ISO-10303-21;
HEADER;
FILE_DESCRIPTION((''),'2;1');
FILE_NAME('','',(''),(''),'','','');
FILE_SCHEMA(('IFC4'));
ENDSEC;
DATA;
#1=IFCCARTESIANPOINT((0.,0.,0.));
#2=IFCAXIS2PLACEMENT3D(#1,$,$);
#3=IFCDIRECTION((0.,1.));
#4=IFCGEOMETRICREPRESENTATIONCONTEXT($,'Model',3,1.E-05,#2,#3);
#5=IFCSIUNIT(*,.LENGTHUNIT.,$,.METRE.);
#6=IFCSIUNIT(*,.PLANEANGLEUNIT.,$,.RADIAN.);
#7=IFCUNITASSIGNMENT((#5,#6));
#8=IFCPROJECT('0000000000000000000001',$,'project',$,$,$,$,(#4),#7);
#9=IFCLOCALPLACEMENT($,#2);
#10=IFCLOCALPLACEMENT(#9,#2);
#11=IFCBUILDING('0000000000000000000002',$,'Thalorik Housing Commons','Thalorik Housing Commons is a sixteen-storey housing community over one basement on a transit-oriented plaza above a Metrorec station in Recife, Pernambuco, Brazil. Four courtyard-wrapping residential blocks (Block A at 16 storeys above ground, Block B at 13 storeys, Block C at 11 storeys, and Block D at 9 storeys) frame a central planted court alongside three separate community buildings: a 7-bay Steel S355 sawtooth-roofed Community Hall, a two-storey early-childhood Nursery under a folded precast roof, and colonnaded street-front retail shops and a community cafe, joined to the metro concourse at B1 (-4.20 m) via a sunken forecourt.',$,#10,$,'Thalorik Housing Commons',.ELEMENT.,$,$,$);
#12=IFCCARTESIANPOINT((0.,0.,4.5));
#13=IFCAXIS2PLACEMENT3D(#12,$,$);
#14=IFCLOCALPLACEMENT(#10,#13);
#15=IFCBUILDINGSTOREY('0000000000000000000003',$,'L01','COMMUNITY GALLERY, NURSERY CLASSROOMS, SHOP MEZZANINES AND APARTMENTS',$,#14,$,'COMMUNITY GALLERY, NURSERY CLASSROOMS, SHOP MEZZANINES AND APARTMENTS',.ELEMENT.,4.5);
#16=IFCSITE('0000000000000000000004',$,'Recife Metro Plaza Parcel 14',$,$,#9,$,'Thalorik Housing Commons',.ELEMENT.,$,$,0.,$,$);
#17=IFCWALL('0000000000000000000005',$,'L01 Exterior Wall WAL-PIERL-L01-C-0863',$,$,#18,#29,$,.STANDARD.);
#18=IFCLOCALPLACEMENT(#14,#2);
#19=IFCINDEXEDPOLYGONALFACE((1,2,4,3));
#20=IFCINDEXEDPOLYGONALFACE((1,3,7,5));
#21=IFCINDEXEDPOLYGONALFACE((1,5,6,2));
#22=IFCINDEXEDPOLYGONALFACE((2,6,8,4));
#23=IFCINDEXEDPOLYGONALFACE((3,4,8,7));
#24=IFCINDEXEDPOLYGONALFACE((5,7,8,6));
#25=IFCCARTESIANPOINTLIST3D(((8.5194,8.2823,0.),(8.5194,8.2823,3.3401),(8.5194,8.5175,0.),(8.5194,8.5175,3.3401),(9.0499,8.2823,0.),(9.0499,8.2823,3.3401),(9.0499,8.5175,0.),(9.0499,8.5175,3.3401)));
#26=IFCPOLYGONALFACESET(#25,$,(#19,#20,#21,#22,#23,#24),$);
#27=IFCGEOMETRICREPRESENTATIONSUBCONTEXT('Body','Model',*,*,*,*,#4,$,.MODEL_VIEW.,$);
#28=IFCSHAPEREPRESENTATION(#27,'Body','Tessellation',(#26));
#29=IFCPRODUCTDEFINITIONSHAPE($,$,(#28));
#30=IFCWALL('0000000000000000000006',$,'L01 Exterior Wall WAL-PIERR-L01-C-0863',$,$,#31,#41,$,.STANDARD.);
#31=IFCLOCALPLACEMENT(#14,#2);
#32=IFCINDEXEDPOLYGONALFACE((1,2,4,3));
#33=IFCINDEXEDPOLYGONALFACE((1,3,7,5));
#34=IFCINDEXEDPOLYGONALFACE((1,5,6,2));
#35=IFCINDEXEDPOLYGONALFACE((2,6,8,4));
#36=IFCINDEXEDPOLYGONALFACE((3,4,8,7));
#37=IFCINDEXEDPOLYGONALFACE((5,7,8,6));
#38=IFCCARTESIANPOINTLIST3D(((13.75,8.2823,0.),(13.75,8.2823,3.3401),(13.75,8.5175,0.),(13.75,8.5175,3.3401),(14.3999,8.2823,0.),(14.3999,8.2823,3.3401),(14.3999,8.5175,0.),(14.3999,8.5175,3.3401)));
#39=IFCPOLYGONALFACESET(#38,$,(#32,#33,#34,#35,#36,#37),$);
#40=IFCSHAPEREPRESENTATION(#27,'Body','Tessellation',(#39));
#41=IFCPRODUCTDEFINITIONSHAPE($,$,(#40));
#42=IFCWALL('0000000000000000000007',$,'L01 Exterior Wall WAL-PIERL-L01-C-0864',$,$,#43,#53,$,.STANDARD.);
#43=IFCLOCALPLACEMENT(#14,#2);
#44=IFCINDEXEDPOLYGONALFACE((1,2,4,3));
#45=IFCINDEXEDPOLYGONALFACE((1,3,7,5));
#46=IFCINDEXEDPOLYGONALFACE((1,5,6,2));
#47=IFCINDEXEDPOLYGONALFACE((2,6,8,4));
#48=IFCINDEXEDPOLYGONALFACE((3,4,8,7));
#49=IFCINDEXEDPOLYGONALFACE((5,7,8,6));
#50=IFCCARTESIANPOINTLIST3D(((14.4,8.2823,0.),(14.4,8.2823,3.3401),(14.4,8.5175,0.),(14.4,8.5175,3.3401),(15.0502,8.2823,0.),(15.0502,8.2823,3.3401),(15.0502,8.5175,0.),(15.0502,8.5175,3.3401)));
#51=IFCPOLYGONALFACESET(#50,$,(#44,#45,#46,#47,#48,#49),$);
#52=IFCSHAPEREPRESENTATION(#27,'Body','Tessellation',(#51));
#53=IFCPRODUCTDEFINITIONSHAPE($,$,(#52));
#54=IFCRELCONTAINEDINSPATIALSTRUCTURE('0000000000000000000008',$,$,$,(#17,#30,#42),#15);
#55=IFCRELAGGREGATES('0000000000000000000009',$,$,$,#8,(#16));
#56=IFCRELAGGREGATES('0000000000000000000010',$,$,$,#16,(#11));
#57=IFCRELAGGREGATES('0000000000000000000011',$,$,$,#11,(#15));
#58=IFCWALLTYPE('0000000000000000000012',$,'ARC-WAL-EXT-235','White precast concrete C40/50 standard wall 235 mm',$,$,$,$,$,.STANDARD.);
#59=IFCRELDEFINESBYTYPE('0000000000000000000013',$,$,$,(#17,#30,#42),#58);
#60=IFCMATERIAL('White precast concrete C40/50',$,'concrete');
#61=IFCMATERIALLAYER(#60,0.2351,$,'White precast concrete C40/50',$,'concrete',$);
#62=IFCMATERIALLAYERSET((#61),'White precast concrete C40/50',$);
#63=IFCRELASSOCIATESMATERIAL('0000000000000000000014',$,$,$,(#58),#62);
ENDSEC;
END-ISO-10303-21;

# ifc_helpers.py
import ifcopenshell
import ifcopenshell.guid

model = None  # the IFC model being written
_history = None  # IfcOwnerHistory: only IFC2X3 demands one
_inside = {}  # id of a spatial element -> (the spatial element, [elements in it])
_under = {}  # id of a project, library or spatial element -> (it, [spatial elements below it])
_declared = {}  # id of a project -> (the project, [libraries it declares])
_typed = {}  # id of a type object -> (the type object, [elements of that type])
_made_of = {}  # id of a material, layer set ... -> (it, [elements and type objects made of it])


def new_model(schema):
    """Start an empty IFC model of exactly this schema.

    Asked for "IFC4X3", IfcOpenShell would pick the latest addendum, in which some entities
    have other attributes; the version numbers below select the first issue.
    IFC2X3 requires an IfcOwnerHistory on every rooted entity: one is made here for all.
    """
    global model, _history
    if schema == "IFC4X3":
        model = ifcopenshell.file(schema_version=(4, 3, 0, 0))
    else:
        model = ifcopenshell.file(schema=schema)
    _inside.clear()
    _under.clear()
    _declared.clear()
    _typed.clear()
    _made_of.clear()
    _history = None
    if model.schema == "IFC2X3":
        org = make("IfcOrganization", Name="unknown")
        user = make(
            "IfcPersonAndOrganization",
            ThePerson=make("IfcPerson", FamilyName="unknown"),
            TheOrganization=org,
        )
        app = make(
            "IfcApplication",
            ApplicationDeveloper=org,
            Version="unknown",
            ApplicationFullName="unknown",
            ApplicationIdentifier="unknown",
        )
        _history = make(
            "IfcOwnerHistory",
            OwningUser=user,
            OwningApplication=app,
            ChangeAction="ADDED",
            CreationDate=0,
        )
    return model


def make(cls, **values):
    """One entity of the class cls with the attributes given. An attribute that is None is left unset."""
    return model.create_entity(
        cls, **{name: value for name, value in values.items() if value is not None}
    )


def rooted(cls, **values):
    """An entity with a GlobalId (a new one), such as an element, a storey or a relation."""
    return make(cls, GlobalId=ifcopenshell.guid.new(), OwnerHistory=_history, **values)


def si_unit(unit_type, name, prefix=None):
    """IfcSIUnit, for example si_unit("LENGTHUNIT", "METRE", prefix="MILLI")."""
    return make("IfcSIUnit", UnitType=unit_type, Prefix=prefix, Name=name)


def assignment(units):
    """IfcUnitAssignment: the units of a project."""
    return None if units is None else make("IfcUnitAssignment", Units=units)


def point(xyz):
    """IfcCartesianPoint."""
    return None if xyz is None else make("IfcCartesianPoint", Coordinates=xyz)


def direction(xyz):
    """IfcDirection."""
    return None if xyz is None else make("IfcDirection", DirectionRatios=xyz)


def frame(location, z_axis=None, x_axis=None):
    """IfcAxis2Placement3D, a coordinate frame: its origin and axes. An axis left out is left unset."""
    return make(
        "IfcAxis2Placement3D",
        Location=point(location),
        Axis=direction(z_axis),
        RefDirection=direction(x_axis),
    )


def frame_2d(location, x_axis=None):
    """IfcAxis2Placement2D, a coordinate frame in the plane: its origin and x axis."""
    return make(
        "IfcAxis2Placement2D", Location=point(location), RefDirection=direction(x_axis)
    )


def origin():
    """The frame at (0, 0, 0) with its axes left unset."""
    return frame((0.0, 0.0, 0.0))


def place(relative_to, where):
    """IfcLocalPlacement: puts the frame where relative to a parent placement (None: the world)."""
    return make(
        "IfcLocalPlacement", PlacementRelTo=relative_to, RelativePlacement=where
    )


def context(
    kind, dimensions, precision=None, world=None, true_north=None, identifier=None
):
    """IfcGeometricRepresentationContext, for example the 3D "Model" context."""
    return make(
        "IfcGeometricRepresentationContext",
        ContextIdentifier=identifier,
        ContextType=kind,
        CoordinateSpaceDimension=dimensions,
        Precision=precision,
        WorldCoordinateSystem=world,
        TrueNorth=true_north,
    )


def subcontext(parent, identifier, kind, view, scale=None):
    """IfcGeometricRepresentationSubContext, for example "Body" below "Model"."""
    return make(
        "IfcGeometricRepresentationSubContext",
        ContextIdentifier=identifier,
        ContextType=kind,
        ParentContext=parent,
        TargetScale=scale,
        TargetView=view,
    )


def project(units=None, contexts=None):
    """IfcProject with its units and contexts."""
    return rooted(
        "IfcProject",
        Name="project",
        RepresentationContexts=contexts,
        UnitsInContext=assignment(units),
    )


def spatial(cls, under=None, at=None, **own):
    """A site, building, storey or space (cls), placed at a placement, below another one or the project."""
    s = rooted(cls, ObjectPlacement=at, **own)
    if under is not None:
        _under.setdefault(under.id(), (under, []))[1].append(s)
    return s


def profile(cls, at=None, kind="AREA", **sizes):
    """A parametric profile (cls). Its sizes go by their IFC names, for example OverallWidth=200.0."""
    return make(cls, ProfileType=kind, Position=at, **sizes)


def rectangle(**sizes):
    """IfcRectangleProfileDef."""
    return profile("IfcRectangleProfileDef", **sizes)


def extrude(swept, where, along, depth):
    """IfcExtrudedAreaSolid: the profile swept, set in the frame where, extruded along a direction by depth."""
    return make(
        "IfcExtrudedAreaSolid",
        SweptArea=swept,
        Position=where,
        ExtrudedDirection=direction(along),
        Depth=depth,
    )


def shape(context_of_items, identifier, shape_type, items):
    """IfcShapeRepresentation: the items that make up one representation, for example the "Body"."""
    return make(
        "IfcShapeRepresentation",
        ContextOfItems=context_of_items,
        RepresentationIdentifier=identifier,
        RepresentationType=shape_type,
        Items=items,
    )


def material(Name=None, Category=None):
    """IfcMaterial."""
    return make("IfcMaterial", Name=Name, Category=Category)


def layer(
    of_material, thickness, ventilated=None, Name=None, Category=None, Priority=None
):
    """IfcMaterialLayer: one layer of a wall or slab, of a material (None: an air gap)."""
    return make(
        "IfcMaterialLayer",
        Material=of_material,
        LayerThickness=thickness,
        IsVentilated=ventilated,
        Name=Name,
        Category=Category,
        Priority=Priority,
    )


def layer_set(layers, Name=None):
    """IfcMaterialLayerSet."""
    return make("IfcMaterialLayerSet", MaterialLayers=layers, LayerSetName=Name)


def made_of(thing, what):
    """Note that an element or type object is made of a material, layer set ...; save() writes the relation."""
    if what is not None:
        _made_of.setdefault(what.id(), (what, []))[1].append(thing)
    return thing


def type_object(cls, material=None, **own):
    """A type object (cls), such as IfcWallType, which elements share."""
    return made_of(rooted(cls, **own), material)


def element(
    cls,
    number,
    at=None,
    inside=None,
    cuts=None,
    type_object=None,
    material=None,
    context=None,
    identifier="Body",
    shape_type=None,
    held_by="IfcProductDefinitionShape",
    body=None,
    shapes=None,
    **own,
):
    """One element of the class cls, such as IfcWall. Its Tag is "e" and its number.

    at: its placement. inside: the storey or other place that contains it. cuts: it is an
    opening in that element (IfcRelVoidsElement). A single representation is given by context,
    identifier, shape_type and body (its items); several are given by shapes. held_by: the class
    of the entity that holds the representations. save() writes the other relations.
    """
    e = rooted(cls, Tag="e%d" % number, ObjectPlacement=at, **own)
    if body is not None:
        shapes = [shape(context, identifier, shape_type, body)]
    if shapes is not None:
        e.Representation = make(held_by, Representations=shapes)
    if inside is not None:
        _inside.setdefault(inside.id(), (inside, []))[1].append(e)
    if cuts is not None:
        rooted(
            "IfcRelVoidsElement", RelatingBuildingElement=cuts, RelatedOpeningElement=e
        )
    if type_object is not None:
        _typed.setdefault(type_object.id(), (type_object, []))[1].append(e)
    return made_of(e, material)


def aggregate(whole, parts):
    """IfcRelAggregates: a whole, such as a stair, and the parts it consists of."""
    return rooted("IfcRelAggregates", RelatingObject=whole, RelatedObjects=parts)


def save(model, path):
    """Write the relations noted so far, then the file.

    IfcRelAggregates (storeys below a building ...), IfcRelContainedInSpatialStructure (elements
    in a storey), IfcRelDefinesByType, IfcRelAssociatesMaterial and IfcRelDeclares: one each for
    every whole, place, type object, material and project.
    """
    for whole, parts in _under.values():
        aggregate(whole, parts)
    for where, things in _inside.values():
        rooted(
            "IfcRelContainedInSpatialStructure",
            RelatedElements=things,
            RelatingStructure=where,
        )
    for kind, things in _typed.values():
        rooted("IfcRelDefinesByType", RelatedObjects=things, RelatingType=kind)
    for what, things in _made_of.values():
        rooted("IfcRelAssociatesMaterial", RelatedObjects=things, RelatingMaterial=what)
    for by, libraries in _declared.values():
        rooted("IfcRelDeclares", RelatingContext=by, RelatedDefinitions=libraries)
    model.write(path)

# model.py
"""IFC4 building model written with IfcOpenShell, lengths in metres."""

from ifc_helpers import new_model, si_unit, direction, frame, frame_2d, origin, place, context, subcontext, project, spatial, rectangle, extrude, material, layer, layer_set, type_object, element, save


model = new_model("IFC4")

# Units and contexts
model_context = context("Model", 3, precision=1e-05, world=origin(), true_north=direction((0.0, 1.0)))
body_context = subcontext(model_context, "Body", "Model", "MODEL_VIEW")
ifc_project = project(units=[si_unit("LENGTHUNIT", "METRE"), si_unit("PLANEANGLEUNIT", "RADIAN")], contexts=[model_context])

# Site, building, storey
site_placement = place(None, origin())
site = spatial("IfcSite", under=ifc_project, at=site_placement, Name="Recife Metro Plaza Parcel 14", LongName="Thalorik Housing Commons", CompositionType="ELEMENT", RefElevation=0.0)
building_placement = place(site_placement, origin())
building = spatial("IfcBuilding", under=site, at=building_placement, Name="Thalorik Housing Commons", Description="Thalorik Housing Commons is a sixteen-storey housing community over one basement on a transit-oriented plaza above a Metrorec station in Recife, Pernambuco, Brazil. Four courtyard-wrapping residential blocks (Block A at 16 storeys above ground, Block B at 13 storeys, Block C at 11 storeys, and Block D at 9 storeys) frame a central planted court alongside three separate community buildings: a 7-bay Steel S355 sawtooth-roofed Community Hall, a two-storey early-childhood Nursery under a folded precast roof, and colonnaded street-front retail shops and a community cafe, joined to the metro concourse at B1 (-4.20 m) via a sunken forecourt.", LongName="Thalorik Housing Commons", CompositionType="ELEMENT")
storey_placement = place(building_placement, frame((0.0, 0.0, 4.5)))
storey = spatial("IfcBuildingStorey", under=building, at=storey_placement, Name="L01", Description="COMMUNITY GALLERY, NURSERY CLASSROOMS, SHOP MEZZANINES AND APARTMENTS", LongName="COMMUNITY GALLERY, NURSERY CLASSROOMS, SHOP MEZZANINES AND APARTMENTS", CompositionType="ELEMENT", Elevation=4.5)

# Walls
ifc_material_1 = material(Name="White precast concrete C40/50", Category="concrete")
ifc_layer_1 = layer(ifc_material_1, 0.2351, Name="White precast concrete C40/50", Category="concrete")
ifc_layer_set_1 = layer_set([ifc_layer_1], Name="White precast concrete C40/50")
wall_type = type_object("IfcWallType", Name="ARC-WAL-EXT-235", Description="White precast concrete C40/50 standard wall 235 mm", PredefinedType="STANDARD", material=ifc_layer_set_1)
wall_1_placement = place(storey_placement, frame((8.5195, 8.3999, 0.0), z_axis=(0.0, 0.0, 1.0), x_axis=(1.0, 0.0, 0.0)))
element("IfcWall", 1, at=wall_1_placement, inside=storey, type_object=wall_type, Name="L01 Exterior Wall WAL-PIERL-L01-C-0863", PredefinedType="STANDARD", context=body_context, shape_type="SweptSolid", body=[
    extrude(rectangle(XDim=0.5305, YDim=0.2351, at=frame_2d((0.2651, 0.0))), origin(), (0.0, 0.0, 1.0), 3.3401),
])
wall_2_placement = place(storey_placement, frame((13.75, 8.3999, 0.0), z_axis=(0.0, 0.0, 1.0), x_axis=(1.0, 0.0, 0.0)))
element("IfcWall", 2, at=wall_2_placement, inside=storey, type_object=wall_type, Name="L01 Exterior Wall WAL-PIERR-L01-C-0863", PredefinedType="STANDARD", context=body_context, shape_type="SweptSolid", body=[
    extrude(rectangle(XDim=0.6499, YDim=0.2351, at=frame_2d((0.325, 0.0))), origin(), (0.0, 0.0, 1.0), 3.3401),
])
wall_3_placement = place(storey_placement, frame((14.3999, 8.3999, 0.0), z_axis=(0.0, 0.0, 1.0), x_axis=(1.0, 0.0, 0.0)))
element("IfcWall", 3, at=wall_3_placement, inside=storey, type_object=wall_type, Name="L01 Exterior Wall WAL-PIERL-L01-C-0864", PredefinedType="STANDARD", context=body_context, shape_type="SweptSolid", body=[
    extrude(rectangle(XDim=0.6501, YDim=0.2351, at=frame_2d((0.3252, 0.0))), origin(), (0.0, 0.0, 1.0), 3.3401),
])

save(model, "model.ifc")
